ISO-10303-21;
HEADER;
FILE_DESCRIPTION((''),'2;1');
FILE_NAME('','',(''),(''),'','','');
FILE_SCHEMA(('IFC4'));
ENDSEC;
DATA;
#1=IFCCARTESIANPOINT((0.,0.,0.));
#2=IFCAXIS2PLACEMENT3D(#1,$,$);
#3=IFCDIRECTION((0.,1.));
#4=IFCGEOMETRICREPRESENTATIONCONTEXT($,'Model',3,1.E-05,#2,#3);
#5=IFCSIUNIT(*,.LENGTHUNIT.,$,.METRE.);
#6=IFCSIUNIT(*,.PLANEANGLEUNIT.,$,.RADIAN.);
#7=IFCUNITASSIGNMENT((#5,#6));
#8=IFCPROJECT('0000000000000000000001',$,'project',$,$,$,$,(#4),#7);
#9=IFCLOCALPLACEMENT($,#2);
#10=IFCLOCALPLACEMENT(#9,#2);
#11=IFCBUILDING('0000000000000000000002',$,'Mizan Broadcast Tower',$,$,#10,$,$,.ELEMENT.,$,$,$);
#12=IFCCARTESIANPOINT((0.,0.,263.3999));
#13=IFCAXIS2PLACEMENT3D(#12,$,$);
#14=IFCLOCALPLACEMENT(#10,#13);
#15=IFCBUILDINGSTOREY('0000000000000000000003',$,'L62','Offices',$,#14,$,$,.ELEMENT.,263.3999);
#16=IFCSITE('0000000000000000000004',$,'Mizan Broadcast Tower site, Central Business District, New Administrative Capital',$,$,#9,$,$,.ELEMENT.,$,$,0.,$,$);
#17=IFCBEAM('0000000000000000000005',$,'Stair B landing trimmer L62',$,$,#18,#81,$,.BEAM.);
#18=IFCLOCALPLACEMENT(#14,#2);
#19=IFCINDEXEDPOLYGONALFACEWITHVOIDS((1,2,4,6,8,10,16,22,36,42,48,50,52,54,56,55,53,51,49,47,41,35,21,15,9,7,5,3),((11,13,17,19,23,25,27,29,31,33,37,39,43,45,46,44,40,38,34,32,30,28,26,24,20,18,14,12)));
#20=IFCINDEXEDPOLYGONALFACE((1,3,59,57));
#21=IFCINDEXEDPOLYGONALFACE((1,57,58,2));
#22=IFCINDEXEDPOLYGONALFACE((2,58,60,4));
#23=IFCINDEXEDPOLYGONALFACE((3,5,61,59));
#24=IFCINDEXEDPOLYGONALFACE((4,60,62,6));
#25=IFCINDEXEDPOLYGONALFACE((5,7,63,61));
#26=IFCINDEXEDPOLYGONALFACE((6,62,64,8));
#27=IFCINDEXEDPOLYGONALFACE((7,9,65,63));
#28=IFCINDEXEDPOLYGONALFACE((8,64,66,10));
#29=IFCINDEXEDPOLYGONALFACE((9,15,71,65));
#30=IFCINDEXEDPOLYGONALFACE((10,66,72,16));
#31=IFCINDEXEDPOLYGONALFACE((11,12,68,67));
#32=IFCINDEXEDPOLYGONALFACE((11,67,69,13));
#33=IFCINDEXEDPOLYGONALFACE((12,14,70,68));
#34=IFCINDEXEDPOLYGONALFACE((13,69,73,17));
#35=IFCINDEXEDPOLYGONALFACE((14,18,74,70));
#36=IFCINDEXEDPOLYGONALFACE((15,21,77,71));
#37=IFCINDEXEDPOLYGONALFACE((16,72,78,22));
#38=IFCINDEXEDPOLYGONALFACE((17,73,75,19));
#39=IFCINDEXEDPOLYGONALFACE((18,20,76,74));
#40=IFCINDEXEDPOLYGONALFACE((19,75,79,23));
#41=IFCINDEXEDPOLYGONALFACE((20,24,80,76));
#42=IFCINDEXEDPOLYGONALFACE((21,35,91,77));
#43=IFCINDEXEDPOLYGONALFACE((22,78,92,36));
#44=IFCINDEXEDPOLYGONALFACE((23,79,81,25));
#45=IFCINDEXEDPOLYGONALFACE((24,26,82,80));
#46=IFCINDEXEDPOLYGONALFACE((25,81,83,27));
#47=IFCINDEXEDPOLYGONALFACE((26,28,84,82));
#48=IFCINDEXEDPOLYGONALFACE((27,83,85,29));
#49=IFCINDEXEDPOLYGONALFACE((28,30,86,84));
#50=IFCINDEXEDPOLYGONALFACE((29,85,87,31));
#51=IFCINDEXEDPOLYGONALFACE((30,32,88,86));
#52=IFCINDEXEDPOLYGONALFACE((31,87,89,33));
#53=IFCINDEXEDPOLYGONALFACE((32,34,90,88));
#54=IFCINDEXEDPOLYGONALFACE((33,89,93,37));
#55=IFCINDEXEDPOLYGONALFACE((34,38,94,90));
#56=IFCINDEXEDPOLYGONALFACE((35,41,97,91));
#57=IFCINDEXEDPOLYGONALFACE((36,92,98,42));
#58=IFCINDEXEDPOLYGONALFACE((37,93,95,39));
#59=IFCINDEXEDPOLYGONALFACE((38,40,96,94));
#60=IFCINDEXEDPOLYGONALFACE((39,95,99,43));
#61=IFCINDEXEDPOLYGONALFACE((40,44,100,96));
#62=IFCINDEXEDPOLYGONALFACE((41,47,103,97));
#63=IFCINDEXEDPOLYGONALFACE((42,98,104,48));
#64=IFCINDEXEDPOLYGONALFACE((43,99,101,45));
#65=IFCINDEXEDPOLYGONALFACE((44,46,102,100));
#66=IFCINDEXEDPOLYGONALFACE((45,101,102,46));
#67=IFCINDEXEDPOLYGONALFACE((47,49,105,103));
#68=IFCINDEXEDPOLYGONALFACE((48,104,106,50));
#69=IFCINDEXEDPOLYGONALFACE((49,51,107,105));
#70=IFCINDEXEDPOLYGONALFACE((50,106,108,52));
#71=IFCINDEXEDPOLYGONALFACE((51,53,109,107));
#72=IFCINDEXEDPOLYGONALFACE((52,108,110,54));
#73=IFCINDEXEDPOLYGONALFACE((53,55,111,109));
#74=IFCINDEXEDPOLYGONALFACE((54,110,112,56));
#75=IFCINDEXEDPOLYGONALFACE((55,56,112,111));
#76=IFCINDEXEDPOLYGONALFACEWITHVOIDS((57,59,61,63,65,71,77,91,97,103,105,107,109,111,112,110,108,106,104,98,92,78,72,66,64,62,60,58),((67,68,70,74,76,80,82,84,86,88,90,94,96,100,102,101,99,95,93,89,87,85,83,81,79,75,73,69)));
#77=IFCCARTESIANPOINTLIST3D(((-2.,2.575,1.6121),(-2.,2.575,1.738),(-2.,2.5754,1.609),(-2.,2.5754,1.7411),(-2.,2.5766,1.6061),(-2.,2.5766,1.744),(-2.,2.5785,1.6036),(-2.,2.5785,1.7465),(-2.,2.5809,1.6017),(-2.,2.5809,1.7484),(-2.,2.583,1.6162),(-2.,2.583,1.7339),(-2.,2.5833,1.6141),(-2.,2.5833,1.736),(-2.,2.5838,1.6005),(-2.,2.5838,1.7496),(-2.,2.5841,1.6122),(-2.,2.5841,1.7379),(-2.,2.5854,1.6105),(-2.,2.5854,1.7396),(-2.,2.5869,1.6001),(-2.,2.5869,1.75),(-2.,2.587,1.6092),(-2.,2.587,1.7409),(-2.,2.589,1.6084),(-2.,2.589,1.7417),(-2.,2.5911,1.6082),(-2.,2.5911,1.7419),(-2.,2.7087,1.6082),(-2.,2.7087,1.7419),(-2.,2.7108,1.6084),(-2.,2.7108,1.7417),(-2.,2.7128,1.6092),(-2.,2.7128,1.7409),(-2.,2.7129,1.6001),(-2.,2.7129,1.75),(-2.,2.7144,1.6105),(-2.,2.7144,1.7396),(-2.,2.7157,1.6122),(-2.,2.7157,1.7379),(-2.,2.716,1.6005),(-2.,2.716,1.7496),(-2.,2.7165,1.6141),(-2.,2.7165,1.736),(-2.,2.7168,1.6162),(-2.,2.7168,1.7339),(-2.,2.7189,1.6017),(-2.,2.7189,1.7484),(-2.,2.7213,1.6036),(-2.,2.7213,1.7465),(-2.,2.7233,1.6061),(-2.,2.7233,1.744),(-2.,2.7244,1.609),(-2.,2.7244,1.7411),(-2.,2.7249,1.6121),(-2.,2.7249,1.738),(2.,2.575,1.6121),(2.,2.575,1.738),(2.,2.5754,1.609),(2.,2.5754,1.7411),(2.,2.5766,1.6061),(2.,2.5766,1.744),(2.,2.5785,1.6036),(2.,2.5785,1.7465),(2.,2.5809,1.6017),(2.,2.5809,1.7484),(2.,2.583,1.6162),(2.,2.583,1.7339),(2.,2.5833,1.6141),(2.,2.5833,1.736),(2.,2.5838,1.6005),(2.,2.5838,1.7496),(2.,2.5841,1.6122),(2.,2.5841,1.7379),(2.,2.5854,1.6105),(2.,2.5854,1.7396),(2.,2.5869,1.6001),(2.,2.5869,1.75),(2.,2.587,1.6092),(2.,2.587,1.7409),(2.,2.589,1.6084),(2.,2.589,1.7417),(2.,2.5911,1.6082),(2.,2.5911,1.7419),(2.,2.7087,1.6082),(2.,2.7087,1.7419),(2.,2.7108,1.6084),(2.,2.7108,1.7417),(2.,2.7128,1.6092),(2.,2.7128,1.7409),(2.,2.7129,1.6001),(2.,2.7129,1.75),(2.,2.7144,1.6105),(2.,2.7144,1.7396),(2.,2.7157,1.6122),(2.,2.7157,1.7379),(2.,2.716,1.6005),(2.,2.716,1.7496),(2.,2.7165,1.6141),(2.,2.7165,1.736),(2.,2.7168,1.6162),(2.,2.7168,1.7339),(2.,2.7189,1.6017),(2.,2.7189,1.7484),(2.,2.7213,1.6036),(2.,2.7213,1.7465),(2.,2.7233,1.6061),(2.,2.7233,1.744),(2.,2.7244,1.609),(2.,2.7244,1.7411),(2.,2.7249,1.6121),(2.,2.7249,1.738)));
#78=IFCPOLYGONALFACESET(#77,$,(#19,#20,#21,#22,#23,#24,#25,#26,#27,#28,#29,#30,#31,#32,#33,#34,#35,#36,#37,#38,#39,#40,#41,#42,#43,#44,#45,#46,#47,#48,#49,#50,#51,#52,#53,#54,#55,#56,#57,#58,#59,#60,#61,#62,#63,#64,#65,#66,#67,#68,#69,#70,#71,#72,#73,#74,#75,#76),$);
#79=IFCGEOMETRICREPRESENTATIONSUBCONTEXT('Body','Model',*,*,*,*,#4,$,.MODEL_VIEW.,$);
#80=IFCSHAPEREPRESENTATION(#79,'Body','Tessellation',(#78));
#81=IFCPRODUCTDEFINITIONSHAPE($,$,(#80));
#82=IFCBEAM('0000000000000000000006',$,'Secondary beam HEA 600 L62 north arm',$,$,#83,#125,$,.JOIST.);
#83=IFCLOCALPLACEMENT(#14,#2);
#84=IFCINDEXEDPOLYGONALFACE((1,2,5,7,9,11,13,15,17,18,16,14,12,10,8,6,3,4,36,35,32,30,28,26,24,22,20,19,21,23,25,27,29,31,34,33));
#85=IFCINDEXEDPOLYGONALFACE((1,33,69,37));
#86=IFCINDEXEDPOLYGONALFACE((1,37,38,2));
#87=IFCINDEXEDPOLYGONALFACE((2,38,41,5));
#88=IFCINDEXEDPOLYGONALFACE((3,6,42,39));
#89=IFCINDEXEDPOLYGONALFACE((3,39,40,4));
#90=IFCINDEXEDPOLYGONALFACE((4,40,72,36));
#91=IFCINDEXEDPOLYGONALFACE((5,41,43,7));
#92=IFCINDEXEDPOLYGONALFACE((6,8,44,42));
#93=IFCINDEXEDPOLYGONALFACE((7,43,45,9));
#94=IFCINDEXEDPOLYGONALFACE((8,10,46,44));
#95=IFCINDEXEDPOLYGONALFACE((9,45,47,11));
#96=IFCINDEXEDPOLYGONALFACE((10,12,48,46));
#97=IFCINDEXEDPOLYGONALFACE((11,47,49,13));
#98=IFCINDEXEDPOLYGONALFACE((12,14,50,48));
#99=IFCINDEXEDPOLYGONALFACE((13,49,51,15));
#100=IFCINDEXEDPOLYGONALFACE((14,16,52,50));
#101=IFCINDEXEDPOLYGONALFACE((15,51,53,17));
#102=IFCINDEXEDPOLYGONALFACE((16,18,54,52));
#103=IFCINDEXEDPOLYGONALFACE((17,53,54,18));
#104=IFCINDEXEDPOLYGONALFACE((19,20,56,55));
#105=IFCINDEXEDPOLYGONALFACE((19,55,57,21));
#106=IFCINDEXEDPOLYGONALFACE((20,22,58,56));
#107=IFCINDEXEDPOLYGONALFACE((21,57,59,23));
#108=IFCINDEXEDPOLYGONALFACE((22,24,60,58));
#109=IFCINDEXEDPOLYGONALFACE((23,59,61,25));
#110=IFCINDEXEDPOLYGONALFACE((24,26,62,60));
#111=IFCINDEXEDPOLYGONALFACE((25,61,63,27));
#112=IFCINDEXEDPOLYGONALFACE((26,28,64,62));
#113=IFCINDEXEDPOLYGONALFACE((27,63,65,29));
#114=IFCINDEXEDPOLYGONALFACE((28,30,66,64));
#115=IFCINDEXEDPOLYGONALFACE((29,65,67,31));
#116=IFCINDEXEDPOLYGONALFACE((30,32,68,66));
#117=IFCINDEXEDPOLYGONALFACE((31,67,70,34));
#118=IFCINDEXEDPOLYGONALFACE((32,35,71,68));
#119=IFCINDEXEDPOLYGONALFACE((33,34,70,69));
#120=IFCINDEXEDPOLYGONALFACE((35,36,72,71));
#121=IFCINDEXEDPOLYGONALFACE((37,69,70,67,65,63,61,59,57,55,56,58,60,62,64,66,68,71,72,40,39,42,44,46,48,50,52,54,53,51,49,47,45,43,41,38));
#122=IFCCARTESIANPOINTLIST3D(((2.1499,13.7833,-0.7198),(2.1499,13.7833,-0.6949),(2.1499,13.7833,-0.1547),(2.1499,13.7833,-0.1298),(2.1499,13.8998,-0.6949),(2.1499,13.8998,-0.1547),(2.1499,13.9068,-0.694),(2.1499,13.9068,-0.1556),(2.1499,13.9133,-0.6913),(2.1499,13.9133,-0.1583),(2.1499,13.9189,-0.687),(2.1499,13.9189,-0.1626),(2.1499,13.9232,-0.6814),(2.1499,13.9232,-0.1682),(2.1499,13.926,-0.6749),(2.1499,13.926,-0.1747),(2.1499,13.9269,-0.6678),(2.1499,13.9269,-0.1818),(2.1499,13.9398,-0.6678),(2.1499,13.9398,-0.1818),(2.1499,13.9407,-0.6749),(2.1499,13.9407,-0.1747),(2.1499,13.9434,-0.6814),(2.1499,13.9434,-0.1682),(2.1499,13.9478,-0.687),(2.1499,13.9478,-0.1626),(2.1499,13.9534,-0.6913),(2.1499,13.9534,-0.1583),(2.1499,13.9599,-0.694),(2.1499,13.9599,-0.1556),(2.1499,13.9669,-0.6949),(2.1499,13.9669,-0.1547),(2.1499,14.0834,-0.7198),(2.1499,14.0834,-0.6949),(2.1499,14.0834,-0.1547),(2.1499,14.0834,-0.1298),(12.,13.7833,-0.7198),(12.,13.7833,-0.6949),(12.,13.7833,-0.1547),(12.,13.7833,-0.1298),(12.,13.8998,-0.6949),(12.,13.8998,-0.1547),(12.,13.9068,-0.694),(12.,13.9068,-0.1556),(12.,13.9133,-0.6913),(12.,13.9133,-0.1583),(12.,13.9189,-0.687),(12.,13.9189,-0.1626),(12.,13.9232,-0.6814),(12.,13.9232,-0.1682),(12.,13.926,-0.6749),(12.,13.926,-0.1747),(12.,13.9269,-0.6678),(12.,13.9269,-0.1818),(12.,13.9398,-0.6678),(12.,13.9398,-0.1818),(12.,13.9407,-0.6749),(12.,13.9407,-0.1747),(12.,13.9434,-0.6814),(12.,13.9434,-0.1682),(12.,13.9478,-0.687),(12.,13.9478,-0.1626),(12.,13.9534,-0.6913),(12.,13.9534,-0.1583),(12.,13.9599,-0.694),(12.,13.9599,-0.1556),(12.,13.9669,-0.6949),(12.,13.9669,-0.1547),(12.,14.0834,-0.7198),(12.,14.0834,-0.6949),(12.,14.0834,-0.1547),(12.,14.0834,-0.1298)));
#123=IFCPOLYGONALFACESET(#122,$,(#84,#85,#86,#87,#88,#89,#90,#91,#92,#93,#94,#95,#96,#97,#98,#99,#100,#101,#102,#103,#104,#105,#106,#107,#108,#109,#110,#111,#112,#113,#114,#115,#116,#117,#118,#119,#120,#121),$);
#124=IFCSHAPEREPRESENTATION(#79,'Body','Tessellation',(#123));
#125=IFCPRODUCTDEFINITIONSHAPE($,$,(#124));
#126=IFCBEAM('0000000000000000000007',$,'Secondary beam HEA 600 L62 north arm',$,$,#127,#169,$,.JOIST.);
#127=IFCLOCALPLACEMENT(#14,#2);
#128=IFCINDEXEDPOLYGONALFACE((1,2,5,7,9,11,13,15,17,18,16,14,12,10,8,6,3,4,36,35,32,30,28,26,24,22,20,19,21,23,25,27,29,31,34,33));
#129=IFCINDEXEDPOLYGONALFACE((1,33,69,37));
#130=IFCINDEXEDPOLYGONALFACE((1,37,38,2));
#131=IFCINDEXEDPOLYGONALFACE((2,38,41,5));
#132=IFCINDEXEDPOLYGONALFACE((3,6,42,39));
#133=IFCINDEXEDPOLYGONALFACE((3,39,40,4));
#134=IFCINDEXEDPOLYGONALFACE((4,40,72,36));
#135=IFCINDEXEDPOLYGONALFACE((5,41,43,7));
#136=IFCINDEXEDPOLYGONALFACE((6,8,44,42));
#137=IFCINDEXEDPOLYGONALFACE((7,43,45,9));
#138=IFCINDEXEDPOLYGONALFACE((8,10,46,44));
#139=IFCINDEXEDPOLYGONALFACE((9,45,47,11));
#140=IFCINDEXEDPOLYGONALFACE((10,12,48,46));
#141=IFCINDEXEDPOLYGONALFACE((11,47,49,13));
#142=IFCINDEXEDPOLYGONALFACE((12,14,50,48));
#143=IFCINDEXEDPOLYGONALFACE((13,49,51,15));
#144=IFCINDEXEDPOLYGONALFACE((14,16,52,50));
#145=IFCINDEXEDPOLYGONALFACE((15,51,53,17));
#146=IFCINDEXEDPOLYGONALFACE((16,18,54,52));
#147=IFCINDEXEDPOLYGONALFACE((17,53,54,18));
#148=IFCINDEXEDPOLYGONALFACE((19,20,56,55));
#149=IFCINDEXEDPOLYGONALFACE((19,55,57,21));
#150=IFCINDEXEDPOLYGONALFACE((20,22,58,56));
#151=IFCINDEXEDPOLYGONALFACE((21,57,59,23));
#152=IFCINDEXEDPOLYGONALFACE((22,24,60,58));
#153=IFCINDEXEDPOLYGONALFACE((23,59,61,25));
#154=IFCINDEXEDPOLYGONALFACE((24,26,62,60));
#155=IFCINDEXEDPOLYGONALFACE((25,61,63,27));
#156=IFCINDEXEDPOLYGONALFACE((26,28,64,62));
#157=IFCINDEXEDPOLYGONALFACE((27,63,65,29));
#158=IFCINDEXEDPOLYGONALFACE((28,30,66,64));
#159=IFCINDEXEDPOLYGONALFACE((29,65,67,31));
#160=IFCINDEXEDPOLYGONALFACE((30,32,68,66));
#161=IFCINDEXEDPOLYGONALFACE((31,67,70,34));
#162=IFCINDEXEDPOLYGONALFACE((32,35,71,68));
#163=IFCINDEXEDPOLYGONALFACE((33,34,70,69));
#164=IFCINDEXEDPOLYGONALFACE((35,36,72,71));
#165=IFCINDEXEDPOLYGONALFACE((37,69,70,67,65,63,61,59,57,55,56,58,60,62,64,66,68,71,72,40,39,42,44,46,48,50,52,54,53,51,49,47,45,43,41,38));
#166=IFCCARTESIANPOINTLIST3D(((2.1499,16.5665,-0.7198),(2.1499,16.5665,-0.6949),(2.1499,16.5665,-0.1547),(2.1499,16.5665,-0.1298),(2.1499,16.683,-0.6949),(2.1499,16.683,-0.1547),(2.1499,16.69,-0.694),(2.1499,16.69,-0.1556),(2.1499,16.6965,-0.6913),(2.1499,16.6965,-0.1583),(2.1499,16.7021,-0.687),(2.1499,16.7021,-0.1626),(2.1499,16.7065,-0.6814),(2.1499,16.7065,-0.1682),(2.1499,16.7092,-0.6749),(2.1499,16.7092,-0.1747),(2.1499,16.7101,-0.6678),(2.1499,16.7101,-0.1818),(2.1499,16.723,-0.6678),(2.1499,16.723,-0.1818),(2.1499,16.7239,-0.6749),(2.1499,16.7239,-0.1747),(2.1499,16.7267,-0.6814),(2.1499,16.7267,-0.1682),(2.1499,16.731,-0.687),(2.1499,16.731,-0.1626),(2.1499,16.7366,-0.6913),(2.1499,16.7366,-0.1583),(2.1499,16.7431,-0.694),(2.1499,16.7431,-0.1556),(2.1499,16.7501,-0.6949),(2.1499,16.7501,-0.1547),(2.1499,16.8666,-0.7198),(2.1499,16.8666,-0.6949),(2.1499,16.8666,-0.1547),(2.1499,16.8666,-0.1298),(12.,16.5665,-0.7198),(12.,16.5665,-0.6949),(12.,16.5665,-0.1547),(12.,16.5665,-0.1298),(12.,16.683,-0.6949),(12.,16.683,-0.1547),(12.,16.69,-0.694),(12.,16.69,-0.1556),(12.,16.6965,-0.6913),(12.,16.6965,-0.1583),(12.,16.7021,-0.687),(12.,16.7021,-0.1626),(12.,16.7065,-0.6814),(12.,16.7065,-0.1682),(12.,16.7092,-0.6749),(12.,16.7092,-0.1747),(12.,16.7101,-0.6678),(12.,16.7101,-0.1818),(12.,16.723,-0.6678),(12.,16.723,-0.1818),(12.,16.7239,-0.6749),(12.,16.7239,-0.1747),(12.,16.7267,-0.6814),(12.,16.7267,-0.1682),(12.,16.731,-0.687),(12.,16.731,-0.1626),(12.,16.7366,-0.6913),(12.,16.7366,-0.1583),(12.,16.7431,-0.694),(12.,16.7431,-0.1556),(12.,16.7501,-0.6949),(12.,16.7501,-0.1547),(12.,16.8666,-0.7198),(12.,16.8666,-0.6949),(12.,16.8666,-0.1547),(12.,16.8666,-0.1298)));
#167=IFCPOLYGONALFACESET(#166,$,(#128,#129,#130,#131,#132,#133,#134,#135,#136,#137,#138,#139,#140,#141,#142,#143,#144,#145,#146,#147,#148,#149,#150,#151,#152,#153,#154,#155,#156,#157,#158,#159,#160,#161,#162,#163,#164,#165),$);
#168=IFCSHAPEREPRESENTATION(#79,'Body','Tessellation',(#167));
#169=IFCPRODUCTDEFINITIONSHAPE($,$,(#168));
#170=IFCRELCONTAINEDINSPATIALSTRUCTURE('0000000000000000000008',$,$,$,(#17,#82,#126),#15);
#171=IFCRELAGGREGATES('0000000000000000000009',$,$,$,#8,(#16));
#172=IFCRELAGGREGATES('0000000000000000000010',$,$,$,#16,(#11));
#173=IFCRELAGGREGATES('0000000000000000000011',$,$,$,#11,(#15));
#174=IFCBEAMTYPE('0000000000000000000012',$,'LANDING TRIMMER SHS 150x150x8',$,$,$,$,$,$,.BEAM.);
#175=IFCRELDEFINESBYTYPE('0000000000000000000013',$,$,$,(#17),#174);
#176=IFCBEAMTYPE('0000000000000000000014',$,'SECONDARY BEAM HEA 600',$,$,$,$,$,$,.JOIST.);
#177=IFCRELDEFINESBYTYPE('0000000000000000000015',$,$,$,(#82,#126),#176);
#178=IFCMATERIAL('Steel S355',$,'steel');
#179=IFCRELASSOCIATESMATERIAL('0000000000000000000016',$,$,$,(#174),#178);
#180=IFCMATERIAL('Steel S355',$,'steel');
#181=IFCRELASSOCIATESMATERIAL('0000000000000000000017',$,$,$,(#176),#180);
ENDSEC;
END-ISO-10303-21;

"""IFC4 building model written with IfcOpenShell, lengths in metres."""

from ifc_helpers import new_model, si_unit, direction, frame, origin, origin_2d, place, context, subcontext, project, spatial, hollow_rectangle, i_section, extrude, material, material_profile, profile_set, type_object, element, save


model = new_model("IFC4")

# Units and contexts
model_context = context("Model", 3, precision=1e-05, world=origin(), true_north=direction((0.0, 1.0)))
body_context = subcontext(model_context, "Body", "Model", "MODEL_VIEW")
ifc_project = project(units=[si_unit("LENGTHUNIT", "METRE"), si_unit("PLANEANGLEUNIT", "RADIAN")], contexts=[model_context])

# Site, building, storey
site_placement = place(None, origin())
site = spatial("IfcSite", under=ifc_project, at=site_placement, Name="Mizan Broadcast Tower site, Central Business District, New Administrative Capital", CompositionType="ELEMENT", RefElevation=0.0)
building_placement = place(site_placement, origin())
building = spatial("IfcBuilding", under=site, at=building_placement, Name="Mizan Broadcast Tower", CompositionType="ELEMENT")
storey_placement = place(building_placement, frame((0.0, 0.0, 263.3999)))
storey = spatial("IfcBuildingStorey", under=building, at=storey_placement, Name="L62", Description="Offices", CompositionType="ELEMENT", Elevation=263.3999)

# Beams
ifc_material_1 = material(Name="Steel S355", Category="steel")
ifc_material_profile_1 = material_profile(ifc_material_1, hollow_rectangle(XDim=0.1499, YDim=0.1499, WallThickness=0.0081, InnerFilletRadius=0.0081, OuterFilletRadius=0.012, at=origin_2d()), Name="SHS 150x150x8")
ifc_profile_set_1 = profile_set([ifc_material_profile_1], Name="Steel S355")
beam_type_1 = type_object("IfcBeamType", Name="LANDING TRIMMER SHS 150x150x8", PredefinedType="BEAM", material=ifc_profile_set_1)
for number, where, z_axis, x_axis, name in (
    (1, (2.0, 2.6499, 1.675), (-1.0, 0.0, 0.0), (0.0, -1.0, 0.0), "Stair B landing trimmer L62"),
):
    element("IfcBeam", number, at=place(storey_placement, frame(where, z_axis=z_axis, x_axis=x_axis)), inside=storey, type_object=beam_type_1, Name=name, PredefinedType="BEAM", context=body_context, shape_type="SweptSolid", body=[
        extrude(hollow_rectangle(XDim=0.1499, YDim=0.1499, WallThickness=0.0081, InnerFilletRadius=0.0081, OuterFilletRadius=0.012, at=origin_2d()), origin(), (0.0, 0.0, 1.0), 4.0),
    ])
ifc_material_2 = material(Name="Steel S355", Category="steel")
ifc_material_profile_2 = material_profile(ifc_material_2, i_section(OverallWidth=0.3, OverallDepth=0.5901, WebThickness=0.0129, FlangeThickness=0.0249, FilletRadius=0.0271, at=origin_2d()), Name="HEA 600")
ifc_profile_set_2 = profile_set([ifc_material_profile_2], Name="Steel S355")
beam_type_2 = type_object("IfcBeamType", Name="SECONDARY BEAM HEA 600", PredefinedType="JOIST", material=ifc_profile_set_2)
for number, where, z_axis, x_axis, name in (
    (2, (12.0, 13.9333, -0.4248), (-1.0, 0.0, 0.0), (0.0, -1.0, 0.0), "Secondary beam HEA 600 L62 north arm"),
    (3, (12.0, 16.7166, -0.4248), (-1.0, 0.0, 0.0), (0.0, -1.0, 0.0), "Secondary beam HEA 600 L62 north arm"),
):
    element("IfcBeam", number, at=place(storey_placement, frame(where, z_axis=z_axis, x_axis=x_axis)), inside=storey, type_object=beam_type_2, Name=name, PredefinedType="JOIST", context=body_context, shape_type="SweptSolid", body=[
        extrude(i_section(OverallWidth=0.3, OverallDepth=0.5901, WebThickness=0.0129, FlangeThickness=0.0249, FilletRadius=0.0271, at=origin_2d()), origin(), (0.0, 0.0, 1.0), 9.8501),
    ])

save(model, "model.ifc")
